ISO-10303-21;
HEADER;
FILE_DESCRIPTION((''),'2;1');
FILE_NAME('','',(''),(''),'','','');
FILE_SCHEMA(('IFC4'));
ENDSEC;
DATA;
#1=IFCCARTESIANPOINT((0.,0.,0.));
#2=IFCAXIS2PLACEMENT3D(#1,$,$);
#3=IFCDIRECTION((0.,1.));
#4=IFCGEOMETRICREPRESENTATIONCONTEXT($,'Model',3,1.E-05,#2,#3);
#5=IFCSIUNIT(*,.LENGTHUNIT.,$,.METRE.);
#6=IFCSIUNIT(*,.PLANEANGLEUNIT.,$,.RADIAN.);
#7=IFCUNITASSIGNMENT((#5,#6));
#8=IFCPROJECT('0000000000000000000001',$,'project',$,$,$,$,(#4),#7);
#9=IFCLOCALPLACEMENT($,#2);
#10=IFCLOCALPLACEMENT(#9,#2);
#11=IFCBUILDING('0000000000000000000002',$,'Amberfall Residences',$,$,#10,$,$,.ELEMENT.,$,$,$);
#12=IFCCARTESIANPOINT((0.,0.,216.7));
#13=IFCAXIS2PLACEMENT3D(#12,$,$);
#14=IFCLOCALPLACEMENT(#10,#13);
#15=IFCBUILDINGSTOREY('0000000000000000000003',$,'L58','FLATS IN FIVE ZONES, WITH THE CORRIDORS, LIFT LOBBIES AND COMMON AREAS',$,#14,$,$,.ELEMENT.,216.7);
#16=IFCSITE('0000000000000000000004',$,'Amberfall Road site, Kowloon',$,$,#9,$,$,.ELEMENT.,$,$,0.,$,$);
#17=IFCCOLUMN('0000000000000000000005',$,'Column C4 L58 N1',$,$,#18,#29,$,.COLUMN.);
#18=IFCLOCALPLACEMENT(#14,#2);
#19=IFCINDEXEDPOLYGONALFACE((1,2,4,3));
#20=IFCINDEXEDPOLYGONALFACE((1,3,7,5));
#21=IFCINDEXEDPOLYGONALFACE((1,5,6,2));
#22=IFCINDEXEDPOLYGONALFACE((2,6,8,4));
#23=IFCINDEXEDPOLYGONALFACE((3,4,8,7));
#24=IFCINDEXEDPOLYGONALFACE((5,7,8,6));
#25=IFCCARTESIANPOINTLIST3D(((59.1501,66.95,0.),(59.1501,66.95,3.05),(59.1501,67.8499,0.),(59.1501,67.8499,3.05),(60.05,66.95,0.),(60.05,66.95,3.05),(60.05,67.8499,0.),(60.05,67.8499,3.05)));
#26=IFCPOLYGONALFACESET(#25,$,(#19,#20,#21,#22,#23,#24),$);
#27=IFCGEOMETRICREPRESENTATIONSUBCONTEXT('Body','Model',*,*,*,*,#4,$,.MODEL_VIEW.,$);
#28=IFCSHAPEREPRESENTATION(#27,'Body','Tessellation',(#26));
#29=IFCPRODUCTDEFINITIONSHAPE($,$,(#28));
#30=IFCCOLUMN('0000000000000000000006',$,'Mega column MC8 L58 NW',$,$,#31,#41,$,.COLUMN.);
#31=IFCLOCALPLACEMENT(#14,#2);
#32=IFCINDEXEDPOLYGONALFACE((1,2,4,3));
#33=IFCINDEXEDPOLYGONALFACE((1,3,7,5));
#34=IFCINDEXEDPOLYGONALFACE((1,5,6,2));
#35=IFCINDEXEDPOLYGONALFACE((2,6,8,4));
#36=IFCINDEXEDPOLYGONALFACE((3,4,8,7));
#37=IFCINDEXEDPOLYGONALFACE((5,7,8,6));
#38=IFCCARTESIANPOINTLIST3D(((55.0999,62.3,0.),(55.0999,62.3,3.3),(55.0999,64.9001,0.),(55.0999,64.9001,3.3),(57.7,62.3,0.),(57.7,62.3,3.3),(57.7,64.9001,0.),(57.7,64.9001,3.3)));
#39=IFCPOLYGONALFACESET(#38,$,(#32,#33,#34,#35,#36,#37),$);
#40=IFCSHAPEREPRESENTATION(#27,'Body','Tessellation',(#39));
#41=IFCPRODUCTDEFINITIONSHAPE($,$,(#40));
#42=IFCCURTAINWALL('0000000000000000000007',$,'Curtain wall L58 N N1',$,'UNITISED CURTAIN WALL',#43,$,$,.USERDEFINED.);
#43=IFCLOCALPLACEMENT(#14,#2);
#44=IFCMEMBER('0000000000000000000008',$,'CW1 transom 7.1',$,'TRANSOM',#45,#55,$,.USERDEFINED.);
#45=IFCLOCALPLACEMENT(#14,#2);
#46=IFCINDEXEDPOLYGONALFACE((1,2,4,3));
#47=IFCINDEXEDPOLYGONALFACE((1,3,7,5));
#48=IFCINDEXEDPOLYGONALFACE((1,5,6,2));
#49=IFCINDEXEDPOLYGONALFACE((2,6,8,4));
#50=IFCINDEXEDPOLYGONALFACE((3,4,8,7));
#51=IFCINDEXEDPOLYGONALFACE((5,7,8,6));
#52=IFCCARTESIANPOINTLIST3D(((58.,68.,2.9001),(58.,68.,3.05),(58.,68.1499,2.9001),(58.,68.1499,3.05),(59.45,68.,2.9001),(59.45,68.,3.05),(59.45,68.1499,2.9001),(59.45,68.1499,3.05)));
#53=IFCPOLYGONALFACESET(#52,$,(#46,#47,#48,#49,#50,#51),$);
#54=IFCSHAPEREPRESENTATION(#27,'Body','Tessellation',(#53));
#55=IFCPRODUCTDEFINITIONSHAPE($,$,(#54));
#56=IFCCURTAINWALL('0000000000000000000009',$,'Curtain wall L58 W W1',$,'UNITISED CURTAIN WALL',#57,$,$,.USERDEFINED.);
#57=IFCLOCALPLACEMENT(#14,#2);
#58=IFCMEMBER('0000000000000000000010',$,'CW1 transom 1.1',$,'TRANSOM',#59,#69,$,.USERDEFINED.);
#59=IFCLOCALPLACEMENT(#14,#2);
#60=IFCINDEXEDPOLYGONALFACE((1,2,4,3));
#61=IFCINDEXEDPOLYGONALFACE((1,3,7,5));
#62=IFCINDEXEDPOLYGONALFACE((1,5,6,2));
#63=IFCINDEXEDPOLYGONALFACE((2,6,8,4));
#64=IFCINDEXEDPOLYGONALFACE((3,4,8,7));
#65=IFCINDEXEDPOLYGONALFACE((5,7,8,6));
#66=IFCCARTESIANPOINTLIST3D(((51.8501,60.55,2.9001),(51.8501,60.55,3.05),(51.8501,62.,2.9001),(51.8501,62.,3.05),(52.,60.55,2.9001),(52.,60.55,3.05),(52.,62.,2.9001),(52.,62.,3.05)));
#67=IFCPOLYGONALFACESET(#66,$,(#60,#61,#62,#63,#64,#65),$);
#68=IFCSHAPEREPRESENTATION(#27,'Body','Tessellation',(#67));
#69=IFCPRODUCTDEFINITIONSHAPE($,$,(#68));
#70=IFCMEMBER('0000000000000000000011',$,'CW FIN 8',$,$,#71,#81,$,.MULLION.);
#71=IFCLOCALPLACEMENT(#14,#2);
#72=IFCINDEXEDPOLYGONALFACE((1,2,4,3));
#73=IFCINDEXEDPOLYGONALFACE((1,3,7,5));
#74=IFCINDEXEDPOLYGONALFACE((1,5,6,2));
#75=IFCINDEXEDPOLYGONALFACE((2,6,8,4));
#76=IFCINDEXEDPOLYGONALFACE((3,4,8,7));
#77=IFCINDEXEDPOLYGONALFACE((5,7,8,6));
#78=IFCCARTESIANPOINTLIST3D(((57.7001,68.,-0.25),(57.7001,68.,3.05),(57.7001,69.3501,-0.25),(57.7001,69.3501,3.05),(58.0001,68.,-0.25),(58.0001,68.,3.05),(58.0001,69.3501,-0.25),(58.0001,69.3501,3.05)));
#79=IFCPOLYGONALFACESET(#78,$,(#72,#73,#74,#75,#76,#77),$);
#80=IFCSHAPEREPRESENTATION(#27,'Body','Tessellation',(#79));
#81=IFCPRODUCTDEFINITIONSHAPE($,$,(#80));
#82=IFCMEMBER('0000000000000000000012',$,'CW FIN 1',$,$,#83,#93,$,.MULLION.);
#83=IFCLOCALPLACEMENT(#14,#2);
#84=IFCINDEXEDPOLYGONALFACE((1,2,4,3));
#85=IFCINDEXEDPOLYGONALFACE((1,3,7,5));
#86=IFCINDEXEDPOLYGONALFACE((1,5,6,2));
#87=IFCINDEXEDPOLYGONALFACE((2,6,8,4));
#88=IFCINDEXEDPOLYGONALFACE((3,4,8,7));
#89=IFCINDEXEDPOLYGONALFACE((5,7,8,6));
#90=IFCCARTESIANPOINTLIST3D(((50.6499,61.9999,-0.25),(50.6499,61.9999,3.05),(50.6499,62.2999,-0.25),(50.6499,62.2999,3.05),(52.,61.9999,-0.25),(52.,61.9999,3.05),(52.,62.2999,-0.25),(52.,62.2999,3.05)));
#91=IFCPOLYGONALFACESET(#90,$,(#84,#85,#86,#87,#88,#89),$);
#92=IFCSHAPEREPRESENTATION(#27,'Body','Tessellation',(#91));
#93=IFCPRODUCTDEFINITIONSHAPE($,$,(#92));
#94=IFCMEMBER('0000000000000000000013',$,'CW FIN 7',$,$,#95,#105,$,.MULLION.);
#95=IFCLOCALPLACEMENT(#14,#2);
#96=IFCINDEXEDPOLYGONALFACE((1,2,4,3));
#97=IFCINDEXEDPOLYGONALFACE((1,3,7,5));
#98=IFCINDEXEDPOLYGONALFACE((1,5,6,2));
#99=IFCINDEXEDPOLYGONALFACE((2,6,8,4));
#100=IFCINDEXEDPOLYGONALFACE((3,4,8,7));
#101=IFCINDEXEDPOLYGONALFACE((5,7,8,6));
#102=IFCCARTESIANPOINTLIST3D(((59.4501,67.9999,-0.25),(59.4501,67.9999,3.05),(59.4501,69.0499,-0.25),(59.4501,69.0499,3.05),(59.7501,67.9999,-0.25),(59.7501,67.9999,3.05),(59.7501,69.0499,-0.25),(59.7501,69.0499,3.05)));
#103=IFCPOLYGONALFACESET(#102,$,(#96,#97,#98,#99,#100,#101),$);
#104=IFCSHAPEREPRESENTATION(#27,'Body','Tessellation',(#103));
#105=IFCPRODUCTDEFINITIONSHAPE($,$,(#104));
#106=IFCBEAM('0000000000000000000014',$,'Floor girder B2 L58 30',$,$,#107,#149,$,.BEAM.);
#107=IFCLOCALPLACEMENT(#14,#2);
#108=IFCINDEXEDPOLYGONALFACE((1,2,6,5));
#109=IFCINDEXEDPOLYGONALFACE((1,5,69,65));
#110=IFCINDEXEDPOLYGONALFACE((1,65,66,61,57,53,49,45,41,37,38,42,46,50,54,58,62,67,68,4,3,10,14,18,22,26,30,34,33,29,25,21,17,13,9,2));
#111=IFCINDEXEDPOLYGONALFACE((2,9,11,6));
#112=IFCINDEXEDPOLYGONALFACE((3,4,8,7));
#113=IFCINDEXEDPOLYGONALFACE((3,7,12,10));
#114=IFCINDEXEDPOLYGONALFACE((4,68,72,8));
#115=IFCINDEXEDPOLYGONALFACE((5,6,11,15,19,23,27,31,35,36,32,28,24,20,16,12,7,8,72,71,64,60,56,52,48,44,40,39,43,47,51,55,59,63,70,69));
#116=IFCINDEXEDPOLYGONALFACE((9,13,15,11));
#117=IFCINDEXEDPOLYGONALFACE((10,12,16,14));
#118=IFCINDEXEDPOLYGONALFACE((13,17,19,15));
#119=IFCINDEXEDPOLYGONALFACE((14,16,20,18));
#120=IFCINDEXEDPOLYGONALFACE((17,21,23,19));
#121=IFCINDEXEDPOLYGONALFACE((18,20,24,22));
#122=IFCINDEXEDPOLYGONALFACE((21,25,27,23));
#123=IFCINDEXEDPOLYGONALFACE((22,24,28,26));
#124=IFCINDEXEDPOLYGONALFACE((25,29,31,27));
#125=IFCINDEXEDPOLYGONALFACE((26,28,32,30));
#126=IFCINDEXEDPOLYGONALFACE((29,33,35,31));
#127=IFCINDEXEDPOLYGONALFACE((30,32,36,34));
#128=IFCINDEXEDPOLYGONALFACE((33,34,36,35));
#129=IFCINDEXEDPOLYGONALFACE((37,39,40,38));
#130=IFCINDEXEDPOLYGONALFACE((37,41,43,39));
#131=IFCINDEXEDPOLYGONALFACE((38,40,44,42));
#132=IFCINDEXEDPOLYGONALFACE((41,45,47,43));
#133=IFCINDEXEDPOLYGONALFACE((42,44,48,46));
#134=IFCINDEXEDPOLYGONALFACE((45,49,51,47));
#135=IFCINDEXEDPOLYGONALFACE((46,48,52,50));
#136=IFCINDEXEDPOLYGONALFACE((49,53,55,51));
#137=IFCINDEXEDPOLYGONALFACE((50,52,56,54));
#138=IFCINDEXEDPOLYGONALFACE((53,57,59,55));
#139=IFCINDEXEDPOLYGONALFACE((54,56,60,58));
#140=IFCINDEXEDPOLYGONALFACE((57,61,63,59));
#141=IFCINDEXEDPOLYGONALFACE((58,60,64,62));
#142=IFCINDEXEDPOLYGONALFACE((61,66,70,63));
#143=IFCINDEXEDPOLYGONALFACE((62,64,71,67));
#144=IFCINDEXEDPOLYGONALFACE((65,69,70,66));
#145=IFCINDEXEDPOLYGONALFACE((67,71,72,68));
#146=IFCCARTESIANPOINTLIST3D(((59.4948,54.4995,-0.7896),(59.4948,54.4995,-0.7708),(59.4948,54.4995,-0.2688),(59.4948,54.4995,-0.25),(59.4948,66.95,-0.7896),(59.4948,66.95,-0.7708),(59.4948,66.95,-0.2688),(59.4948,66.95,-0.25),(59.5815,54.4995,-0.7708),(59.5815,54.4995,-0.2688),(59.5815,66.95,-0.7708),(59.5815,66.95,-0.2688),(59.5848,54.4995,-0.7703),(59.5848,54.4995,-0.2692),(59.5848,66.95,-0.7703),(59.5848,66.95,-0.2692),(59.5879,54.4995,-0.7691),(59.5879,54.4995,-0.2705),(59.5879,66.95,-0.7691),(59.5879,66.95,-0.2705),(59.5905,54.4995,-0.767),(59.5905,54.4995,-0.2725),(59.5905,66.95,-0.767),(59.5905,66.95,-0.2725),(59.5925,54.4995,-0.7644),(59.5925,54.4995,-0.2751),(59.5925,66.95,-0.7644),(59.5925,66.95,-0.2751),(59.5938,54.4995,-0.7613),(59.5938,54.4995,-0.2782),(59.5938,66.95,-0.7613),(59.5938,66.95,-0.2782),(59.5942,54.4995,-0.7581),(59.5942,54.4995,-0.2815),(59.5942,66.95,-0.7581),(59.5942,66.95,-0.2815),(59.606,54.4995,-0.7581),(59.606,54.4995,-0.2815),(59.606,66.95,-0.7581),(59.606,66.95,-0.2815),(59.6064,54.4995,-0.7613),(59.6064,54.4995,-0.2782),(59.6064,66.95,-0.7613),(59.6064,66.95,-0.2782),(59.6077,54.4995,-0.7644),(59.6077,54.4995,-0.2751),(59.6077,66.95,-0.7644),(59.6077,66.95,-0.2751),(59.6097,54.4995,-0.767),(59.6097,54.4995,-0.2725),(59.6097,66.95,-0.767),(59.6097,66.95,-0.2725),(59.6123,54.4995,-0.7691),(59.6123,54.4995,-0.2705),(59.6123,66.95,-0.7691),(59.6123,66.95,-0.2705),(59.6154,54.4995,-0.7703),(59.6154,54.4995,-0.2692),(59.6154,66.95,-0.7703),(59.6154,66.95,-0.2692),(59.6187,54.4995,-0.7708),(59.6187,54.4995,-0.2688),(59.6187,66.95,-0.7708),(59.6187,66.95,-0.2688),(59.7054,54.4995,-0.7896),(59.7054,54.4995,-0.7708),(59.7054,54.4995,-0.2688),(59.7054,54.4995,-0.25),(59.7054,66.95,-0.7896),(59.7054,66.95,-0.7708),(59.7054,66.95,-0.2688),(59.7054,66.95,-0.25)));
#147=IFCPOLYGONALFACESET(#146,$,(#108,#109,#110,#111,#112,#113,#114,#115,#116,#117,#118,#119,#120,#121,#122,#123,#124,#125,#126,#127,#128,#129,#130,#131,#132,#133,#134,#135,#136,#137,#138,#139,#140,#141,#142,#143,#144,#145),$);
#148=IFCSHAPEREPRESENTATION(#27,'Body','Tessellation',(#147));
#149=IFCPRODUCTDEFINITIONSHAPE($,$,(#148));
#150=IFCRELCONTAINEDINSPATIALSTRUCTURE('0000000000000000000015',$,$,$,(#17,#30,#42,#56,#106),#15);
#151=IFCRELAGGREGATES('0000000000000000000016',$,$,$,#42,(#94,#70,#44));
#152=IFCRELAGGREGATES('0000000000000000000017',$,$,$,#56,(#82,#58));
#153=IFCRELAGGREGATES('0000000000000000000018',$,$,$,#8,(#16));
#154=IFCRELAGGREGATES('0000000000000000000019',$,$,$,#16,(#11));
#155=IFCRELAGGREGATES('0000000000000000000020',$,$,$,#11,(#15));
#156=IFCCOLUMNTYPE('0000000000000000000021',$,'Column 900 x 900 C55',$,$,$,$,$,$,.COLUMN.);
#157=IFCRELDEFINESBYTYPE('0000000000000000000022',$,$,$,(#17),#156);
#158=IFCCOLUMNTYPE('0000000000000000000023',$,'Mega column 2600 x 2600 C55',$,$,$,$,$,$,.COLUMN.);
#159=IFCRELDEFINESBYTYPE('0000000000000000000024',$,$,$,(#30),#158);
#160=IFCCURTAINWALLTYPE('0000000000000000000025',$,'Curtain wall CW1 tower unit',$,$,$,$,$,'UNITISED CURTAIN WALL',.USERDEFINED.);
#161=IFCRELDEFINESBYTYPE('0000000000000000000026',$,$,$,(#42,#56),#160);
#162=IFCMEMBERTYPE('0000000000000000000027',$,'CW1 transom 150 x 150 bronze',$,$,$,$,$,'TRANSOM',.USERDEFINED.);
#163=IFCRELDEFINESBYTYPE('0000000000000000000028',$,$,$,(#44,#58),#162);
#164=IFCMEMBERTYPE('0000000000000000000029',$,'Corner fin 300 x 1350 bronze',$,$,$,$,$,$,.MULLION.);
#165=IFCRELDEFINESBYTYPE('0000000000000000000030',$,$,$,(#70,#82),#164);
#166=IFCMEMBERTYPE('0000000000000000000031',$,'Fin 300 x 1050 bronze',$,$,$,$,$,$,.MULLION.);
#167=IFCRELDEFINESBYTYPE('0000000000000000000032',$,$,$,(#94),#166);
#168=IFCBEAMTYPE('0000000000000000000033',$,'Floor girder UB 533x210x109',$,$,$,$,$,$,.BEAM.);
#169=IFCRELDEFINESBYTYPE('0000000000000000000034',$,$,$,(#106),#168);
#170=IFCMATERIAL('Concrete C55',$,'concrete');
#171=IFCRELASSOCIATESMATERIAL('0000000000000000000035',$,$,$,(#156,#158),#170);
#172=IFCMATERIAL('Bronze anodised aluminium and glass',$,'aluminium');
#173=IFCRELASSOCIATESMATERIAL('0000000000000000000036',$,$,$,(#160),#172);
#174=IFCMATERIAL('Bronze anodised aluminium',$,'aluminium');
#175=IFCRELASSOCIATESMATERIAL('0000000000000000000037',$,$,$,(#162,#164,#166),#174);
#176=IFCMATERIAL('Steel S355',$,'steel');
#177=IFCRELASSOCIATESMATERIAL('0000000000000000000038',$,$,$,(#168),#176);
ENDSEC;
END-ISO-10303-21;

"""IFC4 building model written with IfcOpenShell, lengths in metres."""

from ifc_helpers import new_model, si_unit, direction, frame, origin, origin_2d, place, context, subcontext, project, spatial, rectangle, i_section, extrude, material, material_profile, profile_set, type_object, element, aggregate, save


model = new_model("IFC4")

# Units and contexts
model_context = context("Model", 3, precision=1e-05, world=origin(), true_north=direction((0.0, 1.0)))
body_context = subcontext(model_context, "Body", "Model", "MODEL_VIEW")
ifc_project = project(units=[si_unit("LENGTHUNIT", "METRE"), si_unit("PLANEANGLEUNIT", "RADIAN")], contexts=[model_context])

# Site, building, storey
site_placement = place(None, origin())
site = spatial("IfcSite", under=ifc_project, at=site_placement, Name="Amberfall Road site, Kowloon", CompositionType="ELEMENT", RefElevation=0.0)
building_placement = place(site_placement, origin())
building = spatial("IfcBuilding", under=site, at=building_placement, Name="Amberfall Residences", CompositionType="ELEMENT")
storey_placement = place(building_placement, frame((0.0, 0.0, 216.7)))
storey = spatial("IfcBuildingStorey", under=building, at=storey_placement, Name="L58", Description="FLATS IN FIVE ZONES, WITH THE CORRIDORS, LIFT LOBBIES AND COMMON AREAS", CompositionType="ELEMENT", Elevation=216.7)

# Columns
ifc_material_1 = material(Name="Concrete C55", Category="concrete")
ifc_material_profile_1 = material_profile(ifc_material_1, rectangle(XDim=0.8999, YDim=0.8999, at=origin_2d()), Name="Column 900 x 900 C55")
ifc_profile_set_1 = profile_set([ifc_material_profile_1], Name="Concrete C55")
column_type_1 = type_object("IfcColumnType", Name="Column 900 x 900 C55", PredefinedType="COLUMN", material=ifc_profile_set_1)
column_1_placement = place(storey_placement, frame((59.6001, 67.3999, 0.0), z_axis=(0.0, 0.0, 1.0), x_axis=(1.0, 0.0, 0.0)))
element("IfcColumn", 1, at=column_1_placement, inside=storey, type_object=column_type_1, Name="Column C4 L58 N1", PredefinedType="COLUMN", context=body_context, shape_type="SweptSolid", body=[
    extrude(rectangle(XDim=0.8999, YDim=0.8999, at=origin_2d()), origin(), (0.0, 0.0, 1.0), 3.05),
])
ifc_material_profile_2 = material_profile(ifc_material_1, rectangle(XDim=2.6001, YDim=2.6001, at=origin_2d()), Name="Mega column 2600 x 2600 C55")
ifc_profile_set_2 = profile_set([ifc_material_profile_2], Name="Concrete C55")
column_type_2 = type_object("IfcColumnType", Name="Mega column 2600 x 2600 C55", PredefinedType="COLUMN", material=ifc_profile_set_2)
column_2_placement = place(storey_placement, frame((56.3999, 63.6001, 0.0), z_axis=(0.0, 0.0, 1.0), x_axis=(1.0, 0.0, 0.0)))
element("IfcColumn", 2, at=column_2_placement, inside=storey, type_object=column_type_2, Name="Mega column MC8 L58 NW", PredefinedType="COLUMN", context=body_context, shape_type="SweptSolid", body=[
    extrude(rectangle(XDim=2.6001, YDim=2.6001, at=origin_2d()), origin(), (0.0, 0.0, 1.0), 3.3),
])

# Curtain walls, members
ifc_material_2 = material(Name="Bronze anodised aluminium and glass", Category="aluminium")
curtain_wall_type = type_object("IfcCurtainWallType", Name="Curtain wall CW1 tower unit", ElementType="UNITISED CURTAIN WALL", PredefinedType="USERDEFINED", material=ifc_material_2)
curtain_wall_1_placement = place(storey_placement, origin())
curtain_wall_1 = element("IfcCurtainWall", 3, at=curtain_wall_1_placement, inside=storey, type_object=curtain_wall_type, Name="Curtain wall L58 N N1", ObjectType="UNITISED CURTAIN WALL", PredefinedType="USERDEFINED")
ifc_material_3 = material(Name="Bronze anodised aluminium", Category="aluminium")
ifc_material_profile_3 = material_profile(ifc_material_3, rectangle(XDim=0.1499, YDim=0.1499, at=origin_2d()), Name="CW1 transom 150 x 150 bronze")
ifc_profile_set_3 = profile_set([ifc_material_profile_3], Name="Bronze anodised aluminium")
member_type_1 = type_object("IfcMemberType", Name="CW1 transom 150 x 150 bronze", ElementType="TRANSOM", PredefinedType="USERDEFINED", material=ifc_profile_set_3)
member_1_placement = place(storey_placement, frame((59.45, 68.075, 2.9751), z_axis=(-1.0, 0.0, 0.0), x_axis=(0.0, -1.0, 0.0)))
member_1 = element("IfcMember", 4, at=member_1_placement, type_object=member_type_1, Name="CW1 transom 7.1", ObjectType="TRANSOM", PredefinedType="USERDEFINED", context=body_context, shape_type="SweptSolid", body=[
    extrude(rectangle(XDim=0.1499, YDim=0.1499, at=origin_2d()), origin(), (0.0, 0.0, 1.0), 1.45),
])
curtain_wall_2_placement = place(storey_placement, origin())
curtain_wall_2 = element("IfcCurtainWall", 5, at=curtain_wall_2_placement, inside=storey, type_object=curtain_wall_type, Name="Curtain wall L58 W W1", ObjectType="UNITISED CURTAIN WALL", PredefinedType="USERDEFINED")
member_2_placement = place(storey_placement, frame((51.925, 62.0, 2.9751), z_axis=(0.0, -1.0, 0.0), x_axis=(1.0, 0.0, 0.0)))
member_2 = element("IfcMember", 6, at=member_2_placement, type_object=member_type_1, Name="CW1 transom 1.1", ObjectType="TRANSOM", PredefinedType="USERDEFINED", context=body_context, shape_type="SweptSolid", body=[
    extrude(rectangle(XDim=0.1499, YDim=0.1499, at=origin_2d()), origin(), (0.0, 0.0, 1.0), 1.45),
])

# Members
ifc_material_profile_4 = material_profile(ifc_material_3, rectangle(XDim=1.3501, YDim=0.3, at=origin_2d()), Name="Corner fin 300 x 1350 bronze")
ifc_profile_set_4 = profile_set([ifc_material_profile_4], Name="Bronze anodised aluminium")
member_type_2 = type_object("IfcMemberType", Name="Corner fin 300 x 1350 bronze", PredefinedType="MULLION", material=ifc_profile_set_4)
member_3_placement = place(storey_placement, frame((57.8501, 68.675, -0.25), z_axis=(0.0, 0.0, 1.0), x_axis=(0.0, -1.0, 0.0)))
member_3 = element("IfcMember", 7, at=member_3_placement, type_object=member_type_2, Name="CW FIN 8", PredefinedType="MULLION", context=body_context, shape_type="SweptSolid", body=[
    extrude(rectangle(XDim=1.3501, YDim=0.3, at=origin_2d()), origin(), (0.0, 0.0, 1.0), 3.3),
])
member_4_placement = place(storey_placement, frame((51.325, 62.1499, -0.25), z_axis=(0.0, 0.0, 1.0), x_axis=(1.0, 0.0, 0.0)))
member_4 = element("IfcMember", 8, at=member_4_placement, type_object=member_type_2, Name="CW FIN 1", PredefinedType="MULLION", context=body_context, shape_type="SweptSolid", body=[
    extrude(rectangle(XDim=1.3501, YDim=0.3, at=origin_2d()), origin(), (0.0, 0.0, 1.0), 3.3),
])
ifc_material_profile_5 = material_profile(ifc_material_3, rectangle(XDim=1.05, YDim=0.3, at=origin_2d()), Name="Fin 300 x 1050 bronze")
ifc_profile_set_5 = profile_set([ifc_material_profile_5], Name="Bronze anodised aluminium")
member_type_3 = type_object("IfcMemberType", Name="Fin 300 x 1050 bronze", PredefinedType="MULLION", material=ifc_profile_set_5)
member_5_placement = place(storey_placement, frame((59.6001, 68.5249, -0.25), z_axis=(0.0, 0.0, 1.0), x_axis=(0.0, -1.0, 0.0)))
member_5 = element("IfcMember", 9, at=member_5_placement, type_object=member_type_3, Name="CW FIN 7", PredefinedType="MULLION", context=body_context, shape_type="SweptSolid", body=[
    extrude(rectangle(XDim=1.05, YDim=0.3, at=origin_2d()), origin(), (0.0, 0.0, 1.0), 3.3),
])

# Beam
ifc_material_4 = material(Name="Steel S355", Category="steel")
ifc_material_profile_6 = material_profile(ifc_material_4, i_section(OverallWidth=0.2107, OverallDepth=0.5396, WebThickness=0.0117, FlangeThickness=0.0188, FilletRadius=0.0127, at=origin_2d()), Name="UB 533x210x109")
ifc_profile_set_6 = profile_set([ifc_material_profile_6], Name="Steel S355")
beam_type_1 = type_object("IfcBeamType", Name="Floor girder UB 533x210x109", PredefinedType="BEAM", material=ifc_profile_set_6)
beam_1_placement = place(storey_placement, frame((59.6001, 66.95, -0.5198), z_axis=(0.0, -1.0, 0.0), x_axis=(1.0, 0.0, 0.0)))
element("IfcBeam", 10, at=beam_1_placement, inside=storey, type_object=beam_type_1, Name="Floor girder B2 L58 30", PredefinedType="BEAM", context=body_context, shape_type="SweptSolid", body=[
    extrude(i_section(OverallWidth=0.2107, OverallDepth=0.5396, WebThickness=0.0117, FlangeThickness=0.0188, FilletRadius=0.0127, at=origin_2d()), origin(), (0.0, 0.0, 1.0), 12.4504),
])

aggregate(curtain_wall_1, [member_5, member_3, member_1])
aggregate(curtain_wall_2, [member_4, member_2])

save(model, "model.ifc")
